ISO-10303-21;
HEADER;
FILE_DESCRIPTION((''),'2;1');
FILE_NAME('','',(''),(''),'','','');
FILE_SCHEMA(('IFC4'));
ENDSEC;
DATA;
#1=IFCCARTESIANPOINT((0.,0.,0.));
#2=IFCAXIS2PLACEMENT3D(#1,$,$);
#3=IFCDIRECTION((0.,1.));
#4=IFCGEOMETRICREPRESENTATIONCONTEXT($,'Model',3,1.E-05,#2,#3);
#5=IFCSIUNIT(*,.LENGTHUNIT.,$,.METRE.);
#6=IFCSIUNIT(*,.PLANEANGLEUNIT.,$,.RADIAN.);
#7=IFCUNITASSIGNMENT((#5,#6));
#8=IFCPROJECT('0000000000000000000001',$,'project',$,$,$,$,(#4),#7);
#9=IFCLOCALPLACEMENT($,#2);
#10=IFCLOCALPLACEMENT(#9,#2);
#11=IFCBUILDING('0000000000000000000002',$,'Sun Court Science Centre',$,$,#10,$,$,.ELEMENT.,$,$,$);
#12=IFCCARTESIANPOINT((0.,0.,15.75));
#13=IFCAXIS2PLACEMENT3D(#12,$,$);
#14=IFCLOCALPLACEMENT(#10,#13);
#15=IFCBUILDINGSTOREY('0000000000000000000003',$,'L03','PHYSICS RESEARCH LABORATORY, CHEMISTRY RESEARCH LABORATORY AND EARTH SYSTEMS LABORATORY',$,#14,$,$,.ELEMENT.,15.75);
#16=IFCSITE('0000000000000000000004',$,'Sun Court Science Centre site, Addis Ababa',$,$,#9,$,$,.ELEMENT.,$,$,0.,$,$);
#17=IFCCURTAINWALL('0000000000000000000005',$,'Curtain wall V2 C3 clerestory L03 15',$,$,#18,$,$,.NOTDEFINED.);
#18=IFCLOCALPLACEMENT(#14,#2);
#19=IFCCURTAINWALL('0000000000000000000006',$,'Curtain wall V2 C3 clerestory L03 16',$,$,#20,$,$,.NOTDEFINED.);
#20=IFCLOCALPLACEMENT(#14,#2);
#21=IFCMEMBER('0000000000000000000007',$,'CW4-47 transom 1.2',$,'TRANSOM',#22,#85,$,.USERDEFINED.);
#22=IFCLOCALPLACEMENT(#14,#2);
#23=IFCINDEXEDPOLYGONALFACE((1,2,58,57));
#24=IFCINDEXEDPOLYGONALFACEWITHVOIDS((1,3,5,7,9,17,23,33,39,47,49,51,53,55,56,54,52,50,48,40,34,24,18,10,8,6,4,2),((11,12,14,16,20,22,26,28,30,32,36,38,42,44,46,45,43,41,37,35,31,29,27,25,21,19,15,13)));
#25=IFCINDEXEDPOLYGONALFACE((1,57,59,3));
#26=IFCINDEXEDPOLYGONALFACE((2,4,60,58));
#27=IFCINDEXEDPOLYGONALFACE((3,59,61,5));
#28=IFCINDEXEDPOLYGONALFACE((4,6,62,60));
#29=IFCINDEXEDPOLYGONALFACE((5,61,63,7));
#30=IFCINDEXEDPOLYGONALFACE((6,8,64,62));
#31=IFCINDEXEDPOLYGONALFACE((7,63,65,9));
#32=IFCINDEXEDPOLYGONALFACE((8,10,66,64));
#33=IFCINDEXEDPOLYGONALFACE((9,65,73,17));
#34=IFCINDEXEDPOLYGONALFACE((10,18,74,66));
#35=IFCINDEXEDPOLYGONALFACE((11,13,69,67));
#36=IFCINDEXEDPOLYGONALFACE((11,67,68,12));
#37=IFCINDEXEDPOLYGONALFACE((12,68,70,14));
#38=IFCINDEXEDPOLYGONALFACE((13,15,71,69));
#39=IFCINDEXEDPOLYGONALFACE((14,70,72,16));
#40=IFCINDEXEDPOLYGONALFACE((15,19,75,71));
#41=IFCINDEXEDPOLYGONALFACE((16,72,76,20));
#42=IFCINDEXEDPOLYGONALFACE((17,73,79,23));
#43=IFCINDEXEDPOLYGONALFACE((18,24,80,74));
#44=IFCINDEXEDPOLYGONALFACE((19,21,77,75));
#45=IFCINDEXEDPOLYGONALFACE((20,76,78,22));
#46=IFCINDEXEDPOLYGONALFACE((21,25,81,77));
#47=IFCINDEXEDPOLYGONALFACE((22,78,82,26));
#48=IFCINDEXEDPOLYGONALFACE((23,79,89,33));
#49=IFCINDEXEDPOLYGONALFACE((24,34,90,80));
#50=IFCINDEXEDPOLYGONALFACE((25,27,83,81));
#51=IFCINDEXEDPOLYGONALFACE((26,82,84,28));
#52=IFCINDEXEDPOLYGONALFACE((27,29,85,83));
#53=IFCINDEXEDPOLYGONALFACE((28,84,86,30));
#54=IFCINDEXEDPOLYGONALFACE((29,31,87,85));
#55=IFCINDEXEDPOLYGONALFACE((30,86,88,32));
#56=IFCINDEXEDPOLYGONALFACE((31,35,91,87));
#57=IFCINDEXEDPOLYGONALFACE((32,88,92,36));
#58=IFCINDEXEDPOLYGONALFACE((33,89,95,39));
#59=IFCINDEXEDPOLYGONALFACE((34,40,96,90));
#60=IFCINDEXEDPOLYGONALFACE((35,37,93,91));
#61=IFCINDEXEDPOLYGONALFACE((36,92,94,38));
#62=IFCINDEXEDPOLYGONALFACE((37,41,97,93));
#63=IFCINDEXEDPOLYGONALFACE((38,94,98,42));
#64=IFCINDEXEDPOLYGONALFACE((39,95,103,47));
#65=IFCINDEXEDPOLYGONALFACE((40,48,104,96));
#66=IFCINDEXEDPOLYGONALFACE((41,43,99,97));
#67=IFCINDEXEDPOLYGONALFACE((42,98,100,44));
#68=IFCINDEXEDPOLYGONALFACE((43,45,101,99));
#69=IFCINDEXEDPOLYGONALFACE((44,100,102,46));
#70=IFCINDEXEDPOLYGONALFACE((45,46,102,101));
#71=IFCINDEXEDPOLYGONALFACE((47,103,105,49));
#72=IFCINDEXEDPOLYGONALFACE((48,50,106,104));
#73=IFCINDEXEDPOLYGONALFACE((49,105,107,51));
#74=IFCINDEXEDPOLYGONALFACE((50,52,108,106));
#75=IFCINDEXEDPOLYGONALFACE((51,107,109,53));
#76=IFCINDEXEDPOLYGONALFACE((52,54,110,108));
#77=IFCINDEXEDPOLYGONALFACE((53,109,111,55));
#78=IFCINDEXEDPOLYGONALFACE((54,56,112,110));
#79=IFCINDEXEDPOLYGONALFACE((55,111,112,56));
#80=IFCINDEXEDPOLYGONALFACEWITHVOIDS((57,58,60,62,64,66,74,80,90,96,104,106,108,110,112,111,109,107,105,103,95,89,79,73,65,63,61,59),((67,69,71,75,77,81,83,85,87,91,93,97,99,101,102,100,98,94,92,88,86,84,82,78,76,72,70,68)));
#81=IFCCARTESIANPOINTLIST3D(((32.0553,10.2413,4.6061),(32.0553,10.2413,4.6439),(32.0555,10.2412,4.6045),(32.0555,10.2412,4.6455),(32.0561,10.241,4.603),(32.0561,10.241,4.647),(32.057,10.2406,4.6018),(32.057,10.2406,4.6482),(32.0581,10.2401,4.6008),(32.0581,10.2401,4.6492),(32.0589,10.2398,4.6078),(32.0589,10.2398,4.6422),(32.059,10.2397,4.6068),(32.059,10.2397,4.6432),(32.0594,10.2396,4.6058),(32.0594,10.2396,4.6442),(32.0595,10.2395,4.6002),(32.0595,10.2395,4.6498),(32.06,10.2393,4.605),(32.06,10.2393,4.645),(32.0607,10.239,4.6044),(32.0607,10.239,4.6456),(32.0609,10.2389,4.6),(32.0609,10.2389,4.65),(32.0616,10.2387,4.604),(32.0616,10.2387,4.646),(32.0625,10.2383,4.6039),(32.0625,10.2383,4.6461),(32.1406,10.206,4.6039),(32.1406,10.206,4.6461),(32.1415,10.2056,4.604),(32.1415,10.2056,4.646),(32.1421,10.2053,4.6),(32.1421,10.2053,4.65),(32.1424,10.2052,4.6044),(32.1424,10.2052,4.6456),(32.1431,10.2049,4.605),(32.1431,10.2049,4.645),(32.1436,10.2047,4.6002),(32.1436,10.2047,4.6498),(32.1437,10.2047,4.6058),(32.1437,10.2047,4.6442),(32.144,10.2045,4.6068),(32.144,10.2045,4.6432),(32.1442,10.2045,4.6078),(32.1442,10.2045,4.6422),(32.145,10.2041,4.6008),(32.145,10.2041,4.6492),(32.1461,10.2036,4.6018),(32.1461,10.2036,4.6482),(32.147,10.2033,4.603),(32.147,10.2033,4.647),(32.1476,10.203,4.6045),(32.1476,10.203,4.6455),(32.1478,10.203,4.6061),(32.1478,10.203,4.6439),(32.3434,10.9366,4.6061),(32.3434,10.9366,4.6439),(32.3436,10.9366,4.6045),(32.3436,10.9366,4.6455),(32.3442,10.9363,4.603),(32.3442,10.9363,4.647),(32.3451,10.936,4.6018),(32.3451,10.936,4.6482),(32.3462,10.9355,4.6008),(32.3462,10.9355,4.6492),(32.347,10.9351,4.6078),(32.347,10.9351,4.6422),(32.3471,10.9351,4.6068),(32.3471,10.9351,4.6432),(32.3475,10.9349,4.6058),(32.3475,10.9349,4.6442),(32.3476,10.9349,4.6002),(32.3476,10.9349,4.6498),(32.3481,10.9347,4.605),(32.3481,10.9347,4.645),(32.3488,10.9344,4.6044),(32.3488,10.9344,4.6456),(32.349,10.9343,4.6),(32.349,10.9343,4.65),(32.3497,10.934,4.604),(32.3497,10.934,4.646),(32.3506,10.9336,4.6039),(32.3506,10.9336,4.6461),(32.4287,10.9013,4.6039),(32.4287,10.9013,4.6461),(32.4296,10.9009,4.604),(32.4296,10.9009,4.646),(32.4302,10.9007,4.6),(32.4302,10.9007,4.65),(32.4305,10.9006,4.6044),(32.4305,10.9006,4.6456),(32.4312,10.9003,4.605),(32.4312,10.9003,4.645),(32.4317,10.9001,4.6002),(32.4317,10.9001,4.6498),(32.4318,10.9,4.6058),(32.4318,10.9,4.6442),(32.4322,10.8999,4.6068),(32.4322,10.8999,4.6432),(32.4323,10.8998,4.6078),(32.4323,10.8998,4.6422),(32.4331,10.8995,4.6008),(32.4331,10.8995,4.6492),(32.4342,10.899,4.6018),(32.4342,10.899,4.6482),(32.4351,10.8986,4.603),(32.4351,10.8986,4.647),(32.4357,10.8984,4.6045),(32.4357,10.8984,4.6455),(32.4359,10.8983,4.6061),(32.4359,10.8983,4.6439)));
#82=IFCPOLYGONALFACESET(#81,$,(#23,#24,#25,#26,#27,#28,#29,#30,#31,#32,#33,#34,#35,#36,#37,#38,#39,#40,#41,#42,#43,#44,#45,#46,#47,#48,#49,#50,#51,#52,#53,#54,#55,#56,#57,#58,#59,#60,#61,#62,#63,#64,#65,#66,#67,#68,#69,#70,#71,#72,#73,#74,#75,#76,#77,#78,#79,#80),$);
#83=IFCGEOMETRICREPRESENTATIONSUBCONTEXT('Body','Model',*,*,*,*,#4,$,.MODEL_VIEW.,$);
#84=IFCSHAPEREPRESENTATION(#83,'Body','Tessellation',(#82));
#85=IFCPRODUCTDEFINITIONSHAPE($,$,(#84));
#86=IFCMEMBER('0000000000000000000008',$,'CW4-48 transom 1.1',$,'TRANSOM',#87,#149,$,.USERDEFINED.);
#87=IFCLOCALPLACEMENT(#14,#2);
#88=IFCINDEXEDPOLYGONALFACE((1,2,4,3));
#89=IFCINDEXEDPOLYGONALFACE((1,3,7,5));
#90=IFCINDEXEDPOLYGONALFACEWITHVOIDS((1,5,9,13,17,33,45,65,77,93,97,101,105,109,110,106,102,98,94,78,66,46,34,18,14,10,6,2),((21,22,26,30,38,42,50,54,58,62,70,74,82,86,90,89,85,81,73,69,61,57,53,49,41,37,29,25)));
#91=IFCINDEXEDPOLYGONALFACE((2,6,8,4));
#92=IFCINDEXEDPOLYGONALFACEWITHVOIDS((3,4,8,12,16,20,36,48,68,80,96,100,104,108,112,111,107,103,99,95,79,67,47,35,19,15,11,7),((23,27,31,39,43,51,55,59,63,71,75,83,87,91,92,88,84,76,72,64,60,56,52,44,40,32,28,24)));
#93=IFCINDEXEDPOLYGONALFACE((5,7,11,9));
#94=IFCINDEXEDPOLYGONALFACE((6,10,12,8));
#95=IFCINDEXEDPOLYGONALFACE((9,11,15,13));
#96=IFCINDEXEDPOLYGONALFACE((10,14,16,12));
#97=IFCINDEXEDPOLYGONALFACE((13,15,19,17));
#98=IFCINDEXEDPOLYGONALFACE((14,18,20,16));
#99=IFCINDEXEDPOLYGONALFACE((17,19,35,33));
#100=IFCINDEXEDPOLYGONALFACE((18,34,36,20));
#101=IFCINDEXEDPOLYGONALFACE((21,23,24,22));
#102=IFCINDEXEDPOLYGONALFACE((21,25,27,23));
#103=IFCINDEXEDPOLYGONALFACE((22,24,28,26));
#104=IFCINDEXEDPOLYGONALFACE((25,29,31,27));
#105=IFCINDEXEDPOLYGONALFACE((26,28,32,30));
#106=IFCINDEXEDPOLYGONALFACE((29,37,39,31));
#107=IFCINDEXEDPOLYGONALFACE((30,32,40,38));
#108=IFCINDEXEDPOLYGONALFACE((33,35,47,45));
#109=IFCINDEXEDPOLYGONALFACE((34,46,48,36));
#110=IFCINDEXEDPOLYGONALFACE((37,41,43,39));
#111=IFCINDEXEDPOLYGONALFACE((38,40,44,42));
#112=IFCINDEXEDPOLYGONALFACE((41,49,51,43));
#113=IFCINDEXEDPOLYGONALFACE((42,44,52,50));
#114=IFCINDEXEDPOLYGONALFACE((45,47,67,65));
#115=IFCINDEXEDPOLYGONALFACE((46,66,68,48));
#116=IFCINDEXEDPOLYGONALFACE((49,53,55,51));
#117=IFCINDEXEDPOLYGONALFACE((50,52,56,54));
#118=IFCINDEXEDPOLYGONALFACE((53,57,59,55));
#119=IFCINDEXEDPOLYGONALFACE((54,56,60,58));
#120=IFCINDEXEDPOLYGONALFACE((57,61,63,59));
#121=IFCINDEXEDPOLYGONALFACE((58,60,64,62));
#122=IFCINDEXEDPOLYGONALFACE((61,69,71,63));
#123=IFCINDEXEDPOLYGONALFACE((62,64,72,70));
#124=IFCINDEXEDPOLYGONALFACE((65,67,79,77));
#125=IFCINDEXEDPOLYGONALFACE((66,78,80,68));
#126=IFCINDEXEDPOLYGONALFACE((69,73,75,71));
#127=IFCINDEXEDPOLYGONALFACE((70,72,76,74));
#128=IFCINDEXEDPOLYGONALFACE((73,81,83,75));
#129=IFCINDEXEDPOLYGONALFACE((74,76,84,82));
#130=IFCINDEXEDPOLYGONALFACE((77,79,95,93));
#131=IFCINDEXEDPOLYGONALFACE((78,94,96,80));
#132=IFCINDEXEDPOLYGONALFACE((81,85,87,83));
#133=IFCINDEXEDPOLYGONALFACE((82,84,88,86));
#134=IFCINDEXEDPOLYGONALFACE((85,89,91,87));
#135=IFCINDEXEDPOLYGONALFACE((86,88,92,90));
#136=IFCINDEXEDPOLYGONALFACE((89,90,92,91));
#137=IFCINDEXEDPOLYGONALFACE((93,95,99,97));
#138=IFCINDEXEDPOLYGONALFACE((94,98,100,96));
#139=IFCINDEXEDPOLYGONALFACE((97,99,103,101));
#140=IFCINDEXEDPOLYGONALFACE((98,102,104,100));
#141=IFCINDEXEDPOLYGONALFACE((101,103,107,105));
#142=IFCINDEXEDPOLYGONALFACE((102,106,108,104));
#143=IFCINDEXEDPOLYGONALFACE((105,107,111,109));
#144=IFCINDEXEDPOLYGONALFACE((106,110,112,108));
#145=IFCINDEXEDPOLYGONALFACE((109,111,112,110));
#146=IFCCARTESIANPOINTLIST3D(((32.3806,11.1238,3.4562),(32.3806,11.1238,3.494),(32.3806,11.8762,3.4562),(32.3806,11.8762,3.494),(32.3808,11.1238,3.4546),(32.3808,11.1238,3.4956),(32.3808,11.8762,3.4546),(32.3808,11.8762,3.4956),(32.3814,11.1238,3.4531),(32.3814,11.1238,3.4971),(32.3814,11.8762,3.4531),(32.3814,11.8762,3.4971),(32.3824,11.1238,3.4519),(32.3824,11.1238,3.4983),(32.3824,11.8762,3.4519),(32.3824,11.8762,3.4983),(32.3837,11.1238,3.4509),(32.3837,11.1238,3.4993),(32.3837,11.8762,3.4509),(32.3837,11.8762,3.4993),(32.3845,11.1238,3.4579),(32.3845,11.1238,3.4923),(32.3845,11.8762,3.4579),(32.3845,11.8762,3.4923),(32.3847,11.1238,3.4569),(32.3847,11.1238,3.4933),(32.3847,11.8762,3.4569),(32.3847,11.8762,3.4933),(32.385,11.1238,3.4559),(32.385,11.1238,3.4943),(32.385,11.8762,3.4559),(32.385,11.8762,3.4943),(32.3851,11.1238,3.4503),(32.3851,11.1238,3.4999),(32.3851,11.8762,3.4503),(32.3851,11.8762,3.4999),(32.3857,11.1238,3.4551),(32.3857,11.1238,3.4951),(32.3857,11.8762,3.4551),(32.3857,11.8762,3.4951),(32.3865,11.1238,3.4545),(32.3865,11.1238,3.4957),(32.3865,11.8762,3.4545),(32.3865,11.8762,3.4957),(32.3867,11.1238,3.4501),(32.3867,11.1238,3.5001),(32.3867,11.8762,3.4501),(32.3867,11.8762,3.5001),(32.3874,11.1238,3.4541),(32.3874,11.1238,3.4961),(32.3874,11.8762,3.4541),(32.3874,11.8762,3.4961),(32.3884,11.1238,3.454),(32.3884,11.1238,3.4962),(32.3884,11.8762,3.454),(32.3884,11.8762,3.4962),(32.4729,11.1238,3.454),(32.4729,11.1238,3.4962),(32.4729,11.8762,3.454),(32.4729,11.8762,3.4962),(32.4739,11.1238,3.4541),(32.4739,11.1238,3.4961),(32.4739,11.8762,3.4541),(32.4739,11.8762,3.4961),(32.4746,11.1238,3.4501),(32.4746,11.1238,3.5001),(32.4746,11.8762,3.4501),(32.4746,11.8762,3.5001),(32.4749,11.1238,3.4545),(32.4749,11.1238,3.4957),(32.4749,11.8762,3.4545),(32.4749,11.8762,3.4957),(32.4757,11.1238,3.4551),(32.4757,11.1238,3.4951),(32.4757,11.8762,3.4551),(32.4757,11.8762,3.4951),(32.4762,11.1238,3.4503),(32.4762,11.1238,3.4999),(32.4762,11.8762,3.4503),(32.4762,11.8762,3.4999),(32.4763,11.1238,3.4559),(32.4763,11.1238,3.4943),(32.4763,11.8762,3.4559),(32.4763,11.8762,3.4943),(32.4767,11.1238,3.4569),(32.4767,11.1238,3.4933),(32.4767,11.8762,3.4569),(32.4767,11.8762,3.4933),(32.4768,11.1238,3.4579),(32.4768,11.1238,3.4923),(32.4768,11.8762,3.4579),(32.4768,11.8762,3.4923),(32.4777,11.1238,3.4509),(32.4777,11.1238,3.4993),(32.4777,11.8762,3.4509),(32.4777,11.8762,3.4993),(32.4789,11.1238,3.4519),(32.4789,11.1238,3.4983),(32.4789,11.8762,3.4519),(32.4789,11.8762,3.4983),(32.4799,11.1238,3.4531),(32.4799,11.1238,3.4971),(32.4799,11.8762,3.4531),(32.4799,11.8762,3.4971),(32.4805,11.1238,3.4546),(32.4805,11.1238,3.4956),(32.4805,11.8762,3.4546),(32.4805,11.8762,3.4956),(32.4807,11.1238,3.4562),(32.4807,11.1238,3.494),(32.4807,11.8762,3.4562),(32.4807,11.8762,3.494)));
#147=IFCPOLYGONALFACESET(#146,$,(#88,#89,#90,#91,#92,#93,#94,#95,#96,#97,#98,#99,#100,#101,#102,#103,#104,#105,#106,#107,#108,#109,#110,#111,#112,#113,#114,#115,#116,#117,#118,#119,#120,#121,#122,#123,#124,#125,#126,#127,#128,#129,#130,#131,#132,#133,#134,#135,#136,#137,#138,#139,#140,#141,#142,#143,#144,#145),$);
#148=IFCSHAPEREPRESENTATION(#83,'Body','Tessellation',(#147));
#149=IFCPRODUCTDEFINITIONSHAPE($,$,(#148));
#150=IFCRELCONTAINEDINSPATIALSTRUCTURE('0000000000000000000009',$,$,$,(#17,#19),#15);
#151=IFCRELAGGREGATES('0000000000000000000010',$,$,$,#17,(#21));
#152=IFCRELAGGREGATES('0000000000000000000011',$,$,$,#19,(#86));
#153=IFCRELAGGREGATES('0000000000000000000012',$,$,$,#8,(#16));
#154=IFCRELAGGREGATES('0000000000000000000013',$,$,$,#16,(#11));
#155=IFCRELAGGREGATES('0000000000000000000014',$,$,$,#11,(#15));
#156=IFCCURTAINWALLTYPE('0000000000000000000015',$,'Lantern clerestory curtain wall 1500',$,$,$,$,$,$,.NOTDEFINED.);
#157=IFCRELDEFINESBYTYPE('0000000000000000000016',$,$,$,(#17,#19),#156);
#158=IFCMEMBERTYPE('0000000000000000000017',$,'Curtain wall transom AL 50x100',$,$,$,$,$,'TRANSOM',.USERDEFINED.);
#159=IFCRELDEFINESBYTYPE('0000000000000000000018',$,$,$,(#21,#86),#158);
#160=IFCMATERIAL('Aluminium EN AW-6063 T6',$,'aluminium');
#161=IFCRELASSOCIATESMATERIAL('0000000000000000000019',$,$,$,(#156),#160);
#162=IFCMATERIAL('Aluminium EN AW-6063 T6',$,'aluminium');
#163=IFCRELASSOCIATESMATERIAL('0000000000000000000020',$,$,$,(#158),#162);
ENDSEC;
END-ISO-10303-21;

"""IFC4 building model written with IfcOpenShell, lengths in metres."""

from ifc_helpers import new_model, si_unit, direction, frame, origin, origin_2d, place, context, subcontext, project, spatial, hollow_rectangle, extrude, material, material_profile, profile_set, type_object, element, aggregate, save


model = new_model("IFC4")

# Units and contexts
model_context = context("Model", 3, precision=1e-05, world=origin(), true_north=direction((0.0, 1.0)))
body_context = subcontext(model_context, "Body", "Model", "MODEL_VIEW")
ifc_project = project(units=[si_unit("LENGTHUNIT", "METRE"), si_unit("PLANEANGLEUNIT", "RADIAN")], contexts=[model_context])

# Site, building, storey
site_placement = place(None, origin())
site = spatial("IfcSite", under=ifc_project, at=site_placement, Name="Sun Court Science Centre site, Addis Ababa", CompositionType="ELEMENT", RefElevation=0.0)
building_placement = place(site_placement, origin())
building = spatial("IfcBuilding", under=site, at=building_placement, Name="Sun Court Science Centre", CompositionType="ELEMENT")
storey_placement = place(building_placement, frame((0.0, 0.0, 15.75)))
storey = spatial("IfcBuildingStorey", under=building, at=storey_placement, Name="L03", Description="PHYSICS RESEARCH LABORATORY, CHEMISTRY RESEARCH LABORATORY AND EARTH SYSTEMS LABORATORY", CompositionType="ELEMENT", Elevation=15.75)

# Curtain wall
ifc_material_1 = material(Name="Aluminium EN AW-6063 T6", Category="aluminium")
curtain_wall_type = type_object("IfcCurtainWallType", Name="Lantern clerestory curtain wall 1500", PredefinedType="NOTDEFINED", material=ifc_material_1)
curtain_wall_1_placement = place(storey_placement, origin())
curtain_wall_1 = element("IfcCurtainWall", 1, at=curtain_wall_1_placement, inside=storey, type_object=curtain_wall_type, Name="Curtain wall V2 C3 clerestory L03 15", PredefinedType="NOTDEFINED")

# Curtain wall
curtain_wall_2_placement = place(storey_placement, origin())
curtain_wall_2 = element("IfcCurtainWall", 2, at=curtain_wall_2_placement, inside=storey, type_object=curtain_wall_type, Name="Curtain wall V2 C3 clerestory L03 16", PredefinedType="NOTDEFINED")

# Members
ifc_material_2 = material(Name="Aluminium EN AW-6063 T6", Category="aluminium")
ifc_material_profile_1 = material_profile(ifc_material_2, hollow_rectangle(XDim=0.05, YDim=0.1001, WallThickness=0.0039, InnerFilletRadius=0.0039, OuterFilletRadius=0.0061, at=origin_2d()), Name="AL 50x100x4")
ifc_profile_set_1 = profile_set([ifc_material_profile_1], Name="Aluminium EN AW-6063 T6")
member_type_1 = type_object("IfcMemberType", Name="Curtain wall transom AL 50x100", ElementType="TRANSOM", PredefinedType="USERDEFINED", material=ifc_profile_set_1)
member_1_placement = place(storey_placement, frame((32.3896, 10.9175, 4.625), z_axis=(-0.382772, -0.923843, 0.0), x_axis=(0.0, 0.0, 1.0)))
member_1 = element("IfcMember", 3, at=member_1_placement, type_object=member_type_1, Name="CW4-47 transom 1.2", ObjectType="TRANSOM", PredefinedType="USERDEFINED", context=body_context, shape_type="SweptSolid", body=[
    extrude(hollow_rectangle(XDim=0.05, YDim=0.1001, WallThickness=0.0039, InnerFilletRadius=0.0039, OuterFilletRadius=0.0061, at=origin_2d()), origin(), (0.0, 0.0, 1.0), 0.7527),
])
aggregate(curtain_wall_1, [member_1])
member_2_placement = place(storey_placement, frame((32.4307, 11.8762, 3.4751), z_axis=(0.0, -1.0, 0.0), x_axis=(0.0, 0.0, 1.0)))
member_2 = element("IfcMember", 4, at=member_2_placement, type_object=member_type_1, Name="CW4-48 transom 1.1", ObjectType="TRANSOM", PredefinedType="USERDEFINED", context=body_context, shape_type="SweptSolid", body=[
    extrude(hollow_rectangle(XDim=0.05, YDim=0.1001, WallThickness=0.0039, InnerFilletRadius=0.0039, OuterFilletRadius=0.0061, at=origin_2d()), origin(), (0.0, 0.0, 1.0), 0.7524),
])

aggregate(curtain_wall_2, [member_2])

save(model, "model.ifc")
